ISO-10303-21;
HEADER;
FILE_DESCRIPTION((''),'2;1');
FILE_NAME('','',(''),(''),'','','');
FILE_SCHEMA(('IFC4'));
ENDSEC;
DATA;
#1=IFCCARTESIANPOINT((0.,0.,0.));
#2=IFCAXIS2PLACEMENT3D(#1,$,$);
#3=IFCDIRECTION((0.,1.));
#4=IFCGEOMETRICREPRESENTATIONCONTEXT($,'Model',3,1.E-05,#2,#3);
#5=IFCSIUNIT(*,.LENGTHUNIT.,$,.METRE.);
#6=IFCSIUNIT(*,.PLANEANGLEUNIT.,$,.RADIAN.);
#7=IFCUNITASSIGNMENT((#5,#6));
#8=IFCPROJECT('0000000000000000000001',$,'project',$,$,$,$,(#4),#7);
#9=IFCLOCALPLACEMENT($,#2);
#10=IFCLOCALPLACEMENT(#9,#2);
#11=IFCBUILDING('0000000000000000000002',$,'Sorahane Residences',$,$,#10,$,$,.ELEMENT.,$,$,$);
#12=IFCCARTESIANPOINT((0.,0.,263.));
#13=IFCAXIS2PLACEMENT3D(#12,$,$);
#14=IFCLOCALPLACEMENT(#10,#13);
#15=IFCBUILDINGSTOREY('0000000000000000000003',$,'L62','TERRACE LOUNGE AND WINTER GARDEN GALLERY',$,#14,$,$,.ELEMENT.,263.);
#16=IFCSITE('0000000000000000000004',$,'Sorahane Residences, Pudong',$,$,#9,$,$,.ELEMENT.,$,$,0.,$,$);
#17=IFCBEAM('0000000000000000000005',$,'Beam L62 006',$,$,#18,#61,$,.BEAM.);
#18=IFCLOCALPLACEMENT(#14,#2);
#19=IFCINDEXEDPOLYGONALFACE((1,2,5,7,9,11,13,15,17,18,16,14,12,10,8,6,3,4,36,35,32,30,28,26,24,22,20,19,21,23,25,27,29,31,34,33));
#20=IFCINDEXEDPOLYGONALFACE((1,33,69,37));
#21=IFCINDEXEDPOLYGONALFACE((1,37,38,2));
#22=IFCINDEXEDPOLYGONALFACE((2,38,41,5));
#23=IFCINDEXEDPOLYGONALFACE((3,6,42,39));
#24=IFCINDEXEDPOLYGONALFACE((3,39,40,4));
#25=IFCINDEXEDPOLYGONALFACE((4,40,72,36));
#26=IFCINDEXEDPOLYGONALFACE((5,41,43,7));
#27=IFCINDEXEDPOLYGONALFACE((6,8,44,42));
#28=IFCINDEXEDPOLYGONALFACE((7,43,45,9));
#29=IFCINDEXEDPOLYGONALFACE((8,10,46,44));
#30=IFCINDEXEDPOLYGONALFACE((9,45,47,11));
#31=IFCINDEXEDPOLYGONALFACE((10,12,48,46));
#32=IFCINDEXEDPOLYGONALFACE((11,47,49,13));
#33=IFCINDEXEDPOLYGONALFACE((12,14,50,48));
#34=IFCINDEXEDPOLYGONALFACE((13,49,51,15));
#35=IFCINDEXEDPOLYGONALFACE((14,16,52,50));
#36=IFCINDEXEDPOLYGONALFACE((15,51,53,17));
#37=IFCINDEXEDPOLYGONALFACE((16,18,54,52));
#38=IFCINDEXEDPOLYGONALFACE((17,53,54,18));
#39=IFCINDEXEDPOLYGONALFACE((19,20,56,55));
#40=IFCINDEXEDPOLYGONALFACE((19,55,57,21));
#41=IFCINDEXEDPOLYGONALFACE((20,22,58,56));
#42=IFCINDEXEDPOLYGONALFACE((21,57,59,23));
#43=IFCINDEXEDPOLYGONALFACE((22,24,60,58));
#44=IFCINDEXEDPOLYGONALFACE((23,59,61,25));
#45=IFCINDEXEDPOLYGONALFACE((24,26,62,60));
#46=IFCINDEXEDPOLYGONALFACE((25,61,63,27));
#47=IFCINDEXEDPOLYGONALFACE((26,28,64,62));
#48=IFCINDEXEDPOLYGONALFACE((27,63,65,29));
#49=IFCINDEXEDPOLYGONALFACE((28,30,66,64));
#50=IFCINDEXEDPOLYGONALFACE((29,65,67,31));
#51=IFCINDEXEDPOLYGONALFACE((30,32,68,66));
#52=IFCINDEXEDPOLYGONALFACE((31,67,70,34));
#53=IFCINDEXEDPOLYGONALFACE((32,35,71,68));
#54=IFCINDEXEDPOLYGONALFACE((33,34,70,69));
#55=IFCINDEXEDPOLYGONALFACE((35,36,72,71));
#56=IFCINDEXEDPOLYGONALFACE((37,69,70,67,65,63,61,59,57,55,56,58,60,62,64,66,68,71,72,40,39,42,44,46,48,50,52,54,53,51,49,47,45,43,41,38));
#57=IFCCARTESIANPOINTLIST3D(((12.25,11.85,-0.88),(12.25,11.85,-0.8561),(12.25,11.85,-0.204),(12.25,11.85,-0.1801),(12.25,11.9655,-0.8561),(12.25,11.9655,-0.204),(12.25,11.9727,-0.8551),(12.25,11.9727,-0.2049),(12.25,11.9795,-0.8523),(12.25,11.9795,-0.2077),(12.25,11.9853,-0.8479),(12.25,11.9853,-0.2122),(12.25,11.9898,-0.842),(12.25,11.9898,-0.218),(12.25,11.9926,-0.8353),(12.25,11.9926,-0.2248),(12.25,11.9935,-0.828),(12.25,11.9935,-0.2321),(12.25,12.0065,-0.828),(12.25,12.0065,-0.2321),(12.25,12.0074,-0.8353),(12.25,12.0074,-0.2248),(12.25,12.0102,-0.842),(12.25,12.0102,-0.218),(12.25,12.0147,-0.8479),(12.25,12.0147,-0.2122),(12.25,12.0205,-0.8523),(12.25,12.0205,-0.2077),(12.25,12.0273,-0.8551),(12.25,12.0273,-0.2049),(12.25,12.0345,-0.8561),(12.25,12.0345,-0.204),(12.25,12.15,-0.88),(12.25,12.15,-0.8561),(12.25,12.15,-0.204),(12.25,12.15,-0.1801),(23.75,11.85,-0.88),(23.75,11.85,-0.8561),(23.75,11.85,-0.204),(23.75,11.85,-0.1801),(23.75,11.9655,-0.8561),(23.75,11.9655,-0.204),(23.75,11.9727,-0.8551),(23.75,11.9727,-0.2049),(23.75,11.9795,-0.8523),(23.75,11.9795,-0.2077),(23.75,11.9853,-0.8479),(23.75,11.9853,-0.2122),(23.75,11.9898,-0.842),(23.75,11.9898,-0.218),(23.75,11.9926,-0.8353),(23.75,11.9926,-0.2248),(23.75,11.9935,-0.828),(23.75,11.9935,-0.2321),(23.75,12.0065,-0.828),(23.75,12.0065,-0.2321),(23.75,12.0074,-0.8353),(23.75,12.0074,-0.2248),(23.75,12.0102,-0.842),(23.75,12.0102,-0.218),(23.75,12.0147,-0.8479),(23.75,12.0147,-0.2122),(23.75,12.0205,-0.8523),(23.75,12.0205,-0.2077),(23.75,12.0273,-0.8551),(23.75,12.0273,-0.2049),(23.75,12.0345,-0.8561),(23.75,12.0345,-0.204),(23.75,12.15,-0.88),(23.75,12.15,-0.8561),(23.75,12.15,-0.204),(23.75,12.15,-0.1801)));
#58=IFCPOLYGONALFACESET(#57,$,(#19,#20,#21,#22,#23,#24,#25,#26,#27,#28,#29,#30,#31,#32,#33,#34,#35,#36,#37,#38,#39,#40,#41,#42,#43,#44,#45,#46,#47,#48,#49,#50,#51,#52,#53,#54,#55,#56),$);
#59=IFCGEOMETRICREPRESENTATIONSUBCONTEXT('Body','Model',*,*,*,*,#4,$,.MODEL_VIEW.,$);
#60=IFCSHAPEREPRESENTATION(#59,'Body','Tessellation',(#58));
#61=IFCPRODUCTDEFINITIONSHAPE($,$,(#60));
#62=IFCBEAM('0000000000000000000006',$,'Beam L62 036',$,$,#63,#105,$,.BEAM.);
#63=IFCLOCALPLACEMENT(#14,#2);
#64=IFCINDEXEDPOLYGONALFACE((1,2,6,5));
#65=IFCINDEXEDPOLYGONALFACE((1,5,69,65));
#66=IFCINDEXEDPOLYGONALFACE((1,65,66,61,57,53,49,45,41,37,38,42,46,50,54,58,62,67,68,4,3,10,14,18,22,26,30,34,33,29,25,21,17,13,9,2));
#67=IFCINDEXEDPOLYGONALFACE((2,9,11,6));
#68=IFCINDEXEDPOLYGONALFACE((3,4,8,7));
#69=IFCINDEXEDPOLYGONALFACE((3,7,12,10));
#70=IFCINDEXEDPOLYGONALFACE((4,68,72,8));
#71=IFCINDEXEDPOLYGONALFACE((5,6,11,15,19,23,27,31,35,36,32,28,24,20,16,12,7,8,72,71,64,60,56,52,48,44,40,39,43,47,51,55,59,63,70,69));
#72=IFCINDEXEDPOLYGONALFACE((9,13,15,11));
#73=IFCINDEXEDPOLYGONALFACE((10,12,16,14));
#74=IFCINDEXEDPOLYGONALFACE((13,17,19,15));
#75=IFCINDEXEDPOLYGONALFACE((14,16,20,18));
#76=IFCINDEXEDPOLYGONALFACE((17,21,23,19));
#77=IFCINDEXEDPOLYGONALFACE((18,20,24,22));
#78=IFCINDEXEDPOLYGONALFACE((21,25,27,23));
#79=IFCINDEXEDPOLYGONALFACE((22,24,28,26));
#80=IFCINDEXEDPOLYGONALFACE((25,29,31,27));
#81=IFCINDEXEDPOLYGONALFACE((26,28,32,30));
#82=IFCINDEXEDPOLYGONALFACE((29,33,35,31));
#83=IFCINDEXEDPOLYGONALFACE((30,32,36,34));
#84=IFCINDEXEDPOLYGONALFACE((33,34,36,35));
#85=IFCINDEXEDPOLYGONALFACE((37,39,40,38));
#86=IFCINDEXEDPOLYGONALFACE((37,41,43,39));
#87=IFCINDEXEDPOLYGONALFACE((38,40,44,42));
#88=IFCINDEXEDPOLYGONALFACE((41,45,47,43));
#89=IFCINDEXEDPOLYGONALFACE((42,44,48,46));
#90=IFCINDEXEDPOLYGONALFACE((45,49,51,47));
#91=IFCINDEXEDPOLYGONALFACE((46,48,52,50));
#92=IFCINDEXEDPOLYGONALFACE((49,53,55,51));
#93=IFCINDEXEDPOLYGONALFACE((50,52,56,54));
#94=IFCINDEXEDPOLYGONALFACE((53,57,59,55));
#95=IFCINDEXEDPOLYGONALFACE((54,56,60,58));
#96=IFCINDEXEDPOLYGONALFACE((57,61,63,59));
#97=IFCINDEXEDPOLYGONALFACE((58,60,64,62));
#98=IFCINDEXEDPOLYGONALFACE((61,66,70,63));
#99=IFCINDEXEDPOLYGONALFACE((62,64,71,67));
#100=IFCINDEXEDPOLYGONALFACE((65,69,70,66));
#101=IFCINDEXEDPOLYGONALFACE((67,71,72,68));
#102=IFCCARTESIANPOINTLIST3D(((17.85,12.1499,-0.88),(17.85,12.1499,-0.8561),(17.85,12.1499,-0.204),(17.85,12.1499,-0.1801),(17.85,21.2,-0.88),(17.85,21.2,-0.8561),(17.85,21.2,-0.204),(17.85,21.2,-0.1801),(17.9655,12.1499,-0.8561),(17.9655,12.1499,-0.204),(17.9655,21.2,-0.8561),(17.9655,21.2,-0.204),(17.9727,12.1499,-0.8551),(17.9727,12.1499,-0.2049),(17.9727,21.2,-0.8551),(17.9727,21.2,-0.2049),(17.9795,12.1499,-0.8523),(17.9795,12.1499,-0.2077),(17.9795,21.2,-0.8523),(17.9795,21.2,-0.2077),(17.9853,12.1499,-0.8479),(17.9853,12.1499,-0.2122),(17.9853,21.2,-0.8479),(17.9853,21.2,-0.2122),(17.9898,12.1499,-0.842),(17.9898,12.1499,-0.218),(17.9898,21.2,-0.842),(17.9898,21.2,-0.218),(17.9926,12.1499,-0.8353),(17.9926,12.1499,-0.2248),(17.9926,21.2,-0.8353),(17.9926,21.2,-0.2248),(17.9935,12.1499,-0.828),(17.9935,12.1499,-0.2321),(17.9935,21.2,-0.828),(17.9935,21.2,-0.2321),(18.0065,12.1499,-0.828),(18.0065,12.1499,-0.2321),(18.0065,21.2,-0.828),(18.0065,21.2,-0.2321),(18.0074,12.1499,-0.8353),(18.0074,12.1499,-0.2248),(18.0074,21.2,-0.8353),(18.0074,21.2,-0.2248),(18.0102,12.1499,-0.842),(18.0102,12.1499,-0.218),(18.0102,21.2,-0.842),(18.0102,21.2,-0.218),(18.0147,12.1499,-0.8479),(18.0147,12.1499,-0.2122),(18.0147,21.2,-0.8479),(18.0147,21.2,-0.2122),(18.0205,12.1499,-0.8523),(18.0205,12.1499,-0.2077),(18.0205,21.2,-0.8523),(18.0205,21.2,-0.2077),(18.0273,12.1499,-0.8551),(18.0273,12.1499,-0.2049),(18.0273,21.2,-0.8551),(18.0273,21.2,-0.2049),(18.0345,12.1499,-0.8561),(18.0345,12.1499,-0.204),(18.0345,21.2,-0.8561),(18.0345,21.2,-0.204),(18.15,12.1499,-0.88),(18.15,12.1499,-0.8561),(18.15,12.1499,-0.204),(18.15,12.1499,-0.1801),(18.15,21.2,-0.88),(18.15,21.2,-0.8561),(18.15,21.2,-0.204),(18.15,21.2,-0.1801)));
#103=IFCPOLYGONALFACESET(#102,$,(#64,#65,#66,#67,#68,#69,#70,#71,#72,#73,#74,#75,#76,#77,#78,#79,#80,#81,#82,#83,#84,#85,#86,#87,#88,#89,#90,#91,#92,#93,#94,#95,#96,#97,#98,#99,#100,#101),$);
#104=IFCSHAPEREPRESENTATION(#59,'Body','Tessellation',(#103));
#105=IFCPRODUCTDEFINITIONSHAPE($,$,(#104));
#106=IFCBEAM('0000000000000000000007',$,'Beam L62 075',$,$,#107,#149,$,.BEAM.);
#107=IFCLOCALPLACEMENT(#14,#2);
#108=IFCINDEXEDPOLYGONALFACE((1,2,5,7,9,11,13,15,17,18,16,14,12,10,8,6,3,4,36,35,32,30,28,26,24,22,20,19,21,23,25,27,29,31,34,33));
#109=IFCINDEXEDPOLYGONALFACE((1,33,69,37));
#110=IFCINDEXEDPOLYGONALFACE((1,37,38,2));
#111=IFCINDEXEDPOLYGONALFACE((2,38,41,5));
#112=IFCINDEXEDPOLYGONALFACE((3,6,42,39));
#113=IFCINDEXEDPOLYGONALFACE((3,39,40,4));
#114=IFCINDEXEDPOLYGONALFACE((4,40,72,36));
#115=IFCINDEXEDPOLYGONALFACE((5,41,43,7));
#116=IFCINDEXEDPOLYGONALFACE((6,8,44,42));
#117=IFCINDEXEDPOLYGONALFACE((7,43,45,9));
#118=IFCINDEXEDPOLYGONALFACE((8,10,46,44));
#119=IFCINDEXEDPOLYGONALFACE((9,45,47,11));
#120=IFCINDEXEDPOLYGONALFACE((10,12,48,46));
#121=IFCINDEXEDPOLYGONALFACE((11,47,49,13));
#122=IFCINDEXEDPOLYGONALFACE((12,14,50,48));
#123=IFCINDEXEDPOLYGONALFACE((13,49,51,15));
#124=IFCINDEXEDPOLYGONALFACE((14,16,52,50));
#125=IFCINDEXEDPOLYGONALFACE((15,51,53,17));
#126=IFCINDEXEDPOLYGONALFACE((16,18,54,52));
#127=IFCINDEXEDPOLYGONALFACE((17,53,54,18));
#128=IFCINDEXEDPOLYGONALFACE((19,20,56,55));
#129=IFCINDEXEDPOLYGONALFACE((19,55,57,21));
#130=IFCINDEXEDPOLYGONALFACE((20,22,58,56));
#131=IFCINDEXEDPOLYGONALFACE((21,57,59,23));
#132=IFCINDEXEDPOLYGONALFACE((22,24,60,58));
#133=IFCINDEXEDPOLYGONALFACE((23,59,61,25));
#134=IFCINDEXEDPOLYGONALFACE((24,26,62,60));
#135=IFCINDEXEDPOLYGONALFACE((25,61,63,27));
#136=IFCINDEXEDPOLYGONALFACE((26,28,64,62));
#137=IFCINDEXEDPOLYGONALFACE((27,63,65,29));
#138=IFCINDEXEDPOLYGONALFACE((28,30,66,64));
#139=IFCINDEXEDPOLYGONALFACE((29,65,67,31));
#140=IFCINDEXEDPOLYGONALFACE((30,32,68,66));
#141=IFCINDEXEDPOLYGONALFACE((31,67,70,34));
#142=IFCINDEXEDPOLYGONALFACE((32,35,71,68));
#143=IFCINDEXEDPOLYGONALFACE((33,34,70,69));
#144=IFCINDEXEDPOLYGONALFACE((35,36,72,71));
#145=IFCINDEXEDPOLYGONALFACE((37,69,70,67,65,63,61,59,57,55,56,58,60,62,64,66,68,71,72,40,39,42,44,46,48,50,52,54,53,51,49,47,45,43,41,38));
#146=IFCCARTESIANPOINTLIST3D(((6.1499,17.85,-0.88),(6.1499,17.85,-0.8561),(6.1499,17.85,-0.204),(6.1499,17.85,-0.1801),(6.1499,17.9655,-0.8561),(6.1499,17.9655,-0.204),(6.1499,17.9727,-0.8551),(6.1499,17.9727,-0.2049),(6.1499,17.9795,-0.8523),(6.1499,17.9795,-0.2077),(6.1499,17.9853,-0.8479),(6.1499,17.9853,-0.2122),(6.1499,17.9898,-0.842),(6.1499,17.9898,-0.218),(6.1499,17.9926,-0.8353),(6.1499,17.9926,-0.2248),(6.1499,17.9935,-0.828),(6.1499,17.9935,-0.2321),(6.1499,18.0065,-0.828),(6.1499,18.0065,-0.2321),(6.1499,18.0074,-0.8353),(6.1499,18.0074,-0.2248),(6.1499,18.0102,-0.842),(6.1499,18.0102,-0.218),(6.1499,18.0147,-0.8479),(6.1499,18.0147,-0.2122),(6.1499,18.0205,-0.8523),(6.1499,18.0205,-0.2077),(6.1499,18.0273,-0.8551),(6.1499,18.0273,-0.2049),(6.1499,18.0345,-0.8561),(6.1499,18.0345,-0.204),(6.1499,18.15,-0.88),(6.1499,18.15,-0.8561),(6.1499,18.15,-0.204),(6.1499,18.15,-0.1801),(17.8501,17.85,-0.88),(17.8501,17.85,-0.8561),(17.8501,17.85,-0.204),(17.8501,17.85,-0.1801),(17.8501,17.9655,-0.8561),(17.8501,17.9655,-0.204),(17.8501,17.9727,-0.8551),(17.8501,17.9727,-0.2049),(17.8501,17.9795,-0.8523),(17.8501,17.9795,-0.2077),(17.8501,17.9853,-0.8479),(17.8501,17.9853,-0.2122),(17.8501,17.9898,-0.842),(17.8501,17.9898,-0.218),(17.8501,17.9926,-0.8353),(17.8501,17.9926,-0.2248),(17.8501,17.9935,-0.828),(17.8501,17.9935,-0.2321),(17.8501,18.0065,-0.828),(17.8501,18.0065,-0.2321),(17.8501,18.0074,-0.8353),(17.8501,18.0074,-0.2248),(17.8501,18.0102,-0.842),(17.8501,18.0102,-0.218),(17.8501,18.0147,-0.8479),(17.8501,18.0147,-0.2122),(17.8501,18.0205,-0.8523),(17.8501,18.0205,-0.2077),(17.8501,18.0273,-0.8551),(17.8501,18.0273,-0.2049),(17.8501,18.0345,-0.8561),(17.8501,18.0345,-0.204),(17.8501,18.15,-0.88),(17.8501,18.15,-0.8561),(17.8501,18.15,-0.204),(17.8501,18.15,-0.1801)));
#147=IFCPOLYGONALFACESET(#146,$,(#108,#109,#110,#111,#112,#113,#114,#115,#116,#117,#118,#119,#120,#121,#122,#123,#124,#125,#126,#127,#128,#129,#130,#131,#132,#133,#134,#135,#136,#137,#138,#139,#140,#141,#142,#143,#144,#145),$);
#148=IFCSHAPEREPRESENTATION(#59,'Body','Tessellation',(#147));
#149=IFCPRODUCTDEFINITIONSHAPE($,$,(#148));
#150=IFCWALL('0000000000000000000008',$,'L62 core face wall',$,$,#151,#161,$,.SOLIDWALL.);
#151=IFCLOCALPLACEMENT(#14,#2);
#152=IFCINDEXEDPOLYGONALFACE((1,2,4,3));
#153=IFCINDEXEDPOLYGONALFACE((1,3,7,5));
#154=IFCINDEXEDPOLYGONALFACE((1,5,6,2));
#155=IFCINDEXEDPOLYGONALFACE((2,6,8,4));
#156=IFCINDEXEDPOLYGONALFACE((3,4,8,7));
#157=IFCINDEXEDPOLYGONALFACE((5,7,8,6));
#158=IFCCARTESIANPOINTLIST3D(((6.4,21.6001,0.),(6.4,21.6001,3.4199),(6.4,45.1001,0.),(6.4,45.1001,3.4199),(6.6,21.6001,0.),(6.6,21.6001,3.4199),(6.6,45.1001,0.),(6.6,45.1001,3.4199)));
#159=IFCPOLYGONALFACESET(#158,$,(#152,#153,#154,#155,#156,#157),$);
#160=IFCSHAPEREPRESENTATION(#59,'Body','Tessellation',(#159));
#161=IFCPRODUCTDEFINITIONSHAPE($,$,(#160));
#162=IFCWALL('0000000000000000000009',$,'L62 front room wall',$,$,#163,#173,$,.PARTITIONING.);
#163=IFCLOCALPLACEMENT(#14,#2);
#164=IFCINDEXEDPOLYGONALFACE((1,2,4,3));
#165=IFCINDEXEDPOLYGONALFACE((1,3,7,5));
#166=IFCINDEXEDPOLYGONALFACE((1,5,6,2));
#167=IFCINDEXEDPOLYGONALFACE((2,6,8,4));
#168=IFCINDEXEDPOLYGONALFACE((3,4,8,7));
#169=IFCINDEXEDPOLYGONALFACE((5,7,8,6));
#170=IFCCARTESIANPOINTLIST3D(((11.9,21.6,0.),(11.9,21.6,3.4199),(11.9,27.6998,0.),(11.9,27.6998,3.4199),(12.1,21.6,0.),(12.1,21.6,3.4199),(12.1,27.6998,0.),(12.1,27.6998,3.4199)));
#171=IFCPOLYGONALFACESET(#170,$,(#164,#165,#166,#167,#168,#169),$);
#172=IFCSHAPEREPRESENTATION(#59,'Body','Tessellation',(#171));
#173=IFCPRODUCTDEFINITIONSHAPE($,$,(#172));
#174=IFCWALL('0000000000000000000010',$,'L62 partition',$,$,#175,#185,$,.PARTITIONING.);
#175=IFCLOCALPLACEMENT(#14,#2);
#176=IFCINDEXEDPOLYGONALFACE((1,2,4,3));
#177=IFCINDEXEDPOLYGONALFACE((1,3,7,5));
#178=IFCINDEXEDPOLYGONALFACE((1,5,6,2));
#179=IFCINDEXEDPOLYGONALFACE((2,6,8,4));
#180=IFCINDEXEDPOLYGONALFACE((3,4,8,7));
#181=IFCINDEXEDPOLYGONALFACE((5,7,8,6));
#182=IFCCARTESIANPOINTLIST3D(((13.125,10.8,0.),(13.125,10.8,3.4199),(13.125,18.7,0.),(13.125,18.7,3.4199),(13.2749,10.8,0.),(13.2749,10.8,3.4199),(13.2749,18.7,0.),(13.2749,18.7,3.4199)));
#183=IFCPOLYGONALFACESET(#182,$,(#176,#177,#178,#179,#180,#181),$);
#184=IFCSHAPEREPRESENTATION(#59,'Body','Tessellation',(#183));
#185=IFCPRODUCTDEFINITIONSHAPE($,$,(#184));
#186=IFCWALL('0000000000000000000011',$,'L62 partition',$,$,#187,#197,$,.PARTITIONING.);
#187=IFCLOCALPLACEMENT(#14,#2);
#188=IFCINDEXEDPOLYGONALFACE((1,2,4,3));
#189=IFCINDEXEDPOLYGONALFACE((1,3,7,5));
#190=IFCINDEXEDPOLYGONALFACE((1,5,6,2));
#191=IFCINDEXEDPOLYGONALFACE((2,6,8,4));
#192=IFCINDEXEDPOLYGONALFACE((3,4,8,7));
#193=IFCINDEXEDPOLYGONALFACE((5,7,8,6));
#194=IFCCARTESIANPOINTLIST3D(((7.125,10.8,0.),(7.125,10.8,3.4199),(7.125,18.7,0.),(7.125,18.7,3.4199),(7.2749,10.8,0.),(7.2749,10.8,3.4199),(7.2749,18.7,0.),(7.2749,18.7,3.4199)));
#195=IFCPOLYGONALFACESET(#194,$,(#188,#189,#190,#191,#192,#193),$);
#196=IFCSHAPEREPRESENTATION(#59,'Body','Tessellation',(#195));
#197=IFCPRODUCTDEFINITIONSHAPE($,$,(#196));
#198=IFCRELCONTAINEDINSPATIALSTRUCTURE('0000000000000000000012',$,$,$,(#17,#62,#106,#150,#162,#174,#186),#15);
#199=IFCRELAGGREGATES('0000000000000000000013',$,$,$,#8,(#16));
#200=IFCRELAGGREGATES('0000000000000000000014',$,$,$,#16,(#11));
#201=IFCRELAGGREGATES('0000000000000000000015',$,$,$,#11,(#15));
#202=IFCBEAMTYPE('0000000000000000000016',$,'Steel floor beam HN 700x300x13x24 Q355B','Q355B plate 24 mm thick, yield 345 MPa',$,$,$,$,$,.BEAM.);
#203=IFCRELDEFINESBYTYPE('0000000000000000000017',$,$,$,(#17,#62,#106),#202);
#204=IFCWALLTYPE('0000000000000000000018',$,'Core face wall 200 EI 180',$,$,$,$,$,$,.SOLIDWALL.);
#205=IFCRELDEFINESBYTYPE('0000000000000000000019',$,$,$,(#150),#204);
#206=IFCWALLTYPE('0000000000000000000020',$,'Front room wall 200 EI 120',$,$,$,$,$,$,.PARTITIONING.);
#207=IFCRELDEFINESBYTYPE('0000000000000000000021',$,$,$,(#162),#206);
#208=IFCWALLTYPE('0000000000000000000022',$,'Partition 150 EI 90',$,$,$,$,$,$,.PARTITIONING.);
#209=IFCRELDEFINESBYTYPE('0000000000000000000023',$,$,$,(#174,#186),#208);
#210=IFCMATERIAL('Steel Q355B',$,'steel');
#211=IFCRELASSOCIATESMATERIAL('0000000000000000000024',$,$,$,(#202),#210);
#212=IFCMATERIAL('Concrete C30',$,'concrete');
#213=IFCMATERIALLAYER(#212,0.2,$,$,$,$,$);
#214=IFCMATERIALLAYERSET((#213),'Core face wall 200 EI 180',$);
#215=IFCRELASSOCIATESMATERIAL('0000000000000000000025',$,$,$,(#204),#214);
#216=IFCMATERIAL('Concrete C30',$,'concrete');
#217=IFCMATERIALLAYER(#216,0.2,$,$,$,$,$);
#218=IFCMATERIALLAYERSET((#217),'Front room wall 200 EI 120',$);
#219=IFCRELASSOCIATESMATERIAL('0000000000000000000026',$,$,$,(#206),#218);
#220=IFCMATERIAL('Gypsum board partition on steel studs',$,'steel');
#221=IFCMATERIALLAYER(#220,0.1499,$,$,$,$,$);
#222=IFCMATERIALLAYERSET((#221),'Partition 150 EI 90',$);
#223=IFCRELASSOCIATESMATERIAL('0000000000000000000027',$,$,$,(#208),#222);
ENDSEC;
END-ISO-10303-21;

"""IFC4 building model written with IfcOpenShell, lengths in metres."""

from ifc_helpers import new_model, si_unit, direction, frame, frame_2d, origin, origin_2d, place, context, subcontext, project, spatial, rectangle, i_section, extrude, material, layer, layer_set, material_profile, profile_set, type_object, element, save


model = new_model("IFC4")

# Units and contexts
model_context = context("Model", 3, precision=1e-05, world=origin(), true_north=direction((0.0, 1.0)))
body_context = subcontext(model_context, "Body", "Model", "MODEL_VIEW")
ifc_project = project(units=[si_unit("LENGTHUNIT", "METRE"), si_unit("PLANEANGLEUNIT", "RADIAN")], contexts=[model_context])

# Site, building, storey
site_placement = place(None, origin())
site = spatial("IfcSite", under=ifc_project, at=site_placement, Name="Sorahane Residences, Pudong", CompositionType="ELEMENT", RefElevation=0.0)
building_placement = place(site_placement, origin())
building = spatial("IfcBuilding", under=site, at=building_placement, Name="Sorahane Residences", CompositionType="ELEMENT")
storey_placement = place(building_placement, frame((0.0, 0.0, 263.0)))
storey = spatial("IfcBuildingStorey", under=building, at=storey_placement, Name="L62", Description="TERRACE LOUNGE AND WINTER GARDEN GALLERY", CompositionType="ELEMENT", Elevation=263.0)

# Beams
ifc_material_1 = material(Name="Steel Q355B", Category="steel")
ifc_material_profile_1 = material_profile(ifc_material_1, i_section(OverallWidth=0.3, OverallDepth=0.7, WebThickness=0.0129, FlangeThickness=0.0239, FilletRadius=0.0281, at=origin_2d()), Name="HN 700x300x13x24")
ifc_profile_set_1 = profile_set([ifc_material_profile_1], Name="Steel Q355B")
beam_type_1 = type_object("IfcBeamType", Name="Steel floor beam HN 700x300x13x24 Q355B", Description="Q355B plate 24 mm thick, yield 345 MPa", PredefinedType="BEAM", material=ifc_profile_set_1)
beam_1_placement = place(storey_placement, frame((12.25, 12.0, -0.53), z_axis=(1.0, 0.0, 0.0), x_axis=(0.0, 1.0, 0.0)))
element("IfcBeam", 1, at=beam_1_placement, inside=storey, type_object=beam_type_1, Name="Beam L62 006", PredefinedType="BEAM", context=body_context, shape_type="SweptSolid", body=[
    extrude(i_section(OverallWidth=0.3, OverallDepth=0.7, WebThickness=0.0129, FlangeThickness=0.0239, FilletRadius=0.0281, at=origin_2d()), origin(), (0.0, 0.0, 1.0), 11.5),
])
beam_2_placement = place(storey_placement, frame((18.0, 12.1499, -0.53), z_axis=(0.0, 1.0, 0.0), x_axis=(-1.0, 0.0, 0.0)))
element("IfcBeam", 2, at=beam_2_placement, inside=storey, type_object=beam_type_1, Name="Beam L62 036", PredefinedType="BEAM", context=body_context, shape_type="SweptSolid", body=[
    extrude(i_section(OverallWidth=0.3, OverallDepth=0.7, WebThickness=0.0129, FlangeThickness=0.0239, FilletRadius=0.0281, at=origin_2d()), origin(), (0.0, 0.0, 1.0), 9.05),
])
beam_3_placement = place(storey_placement, frame((6.1499, 18.0, -0.53), z_axis=(1.0, 0.0, 0.0), x_axis=(0.0, 1.0, 0.0)))
element("IfcBeam", 3, at=beam_3_placement, inside=storey, type_object=beam_type_1, Name="Beam L62 075", PredefinedType="BEAM", context=body_context, shape_type="SweptSolid", body=[
    extrude(i_section(OverallWidth=0.3, OverallDepth=0.7, WebThickness=0.0129, FlangeThickness=0.0239, FilletRadius=0.0281, at=origin_2d()), origin(), (0.0, 0.0, 1.0), 11.7002),
])

# Walls
ifc_material_2 = material(Name="Concrete C30", Category="concrete")
ifc_layer_1 = layer(ifc_material_2, 0.2)
ifc_layer_set_1 = layer_set([ifc_layer_1], Name="Core face wall 200 EI 180")
wall_type_1 = type_object("IfcWallType", Name="Core face wall 200 EI 180", PredefinedType="SOLIDWALL", material=ifc_layer_set_1)
wall_1_placement = place(storey_placement, frame((6.5, 21.6001, 0.0), z_axis=(0.0, 0.0, 1.0), x_axis=(0.0, 1.0, 0.0)))
element("IfcWall", 4, at=wall_1_placement, inside=storey, type_object=wall_type_1, Name="L62 core face wall", PredefinedType="SOLIDWALL", context=body_context, shape_type="SweptSolid", body=[
    extrude(rectangle(XDim=23.5, YDim=0.2, at=frame_2d((11.75, 0.0))), origin(), (0.0, 0.0, 1.0), 3.4199),
])
ifc_material_3 = material(Name="Concrete C30", Category="concrete")
ifc_layer_2 = layer(ifc_material_3, 0.2)
ifc_layer_set_2 = layer_set([ifc_layer_2], Name="Front room wall 200 EI 120")
wall_type_2 = type_object("IfcWallType", Name="Front room wall 200 EI 120", PredefinedType="PARTITIONING", material=ifc_layer_set_2)
wall_2_placement = place(storey_placement, frame((12.0, 21.6001, 0.0), z_axis=(0.0, 0.0, 1.0), x_axis=(0.0, 1.0, 0.0)))
element("IfcWall", 5, at=wall_2_placement, inside=storey, type_object=wall_type_2, Name="L62 front room wall", PredefinedType="PARTITIONING", context=body_context, shape_type="SweptSolid", body=[
    extrude(rectangle(XDim=6.0999, YDim=0.2, at=frame_2d((3.0498, 0.0))), origin(), (0.0, 0.0, 1.0), 3.4199),
])
ifc_material_4 = material(Name="Gypsum board partition on steel studs", Category="steel")
ifc_layer_3 = layer(ifc_material_4, 0.1499)
ifc_layer_set_3 = layer_set([ifc_layer_3], Name="Partition 150 EI 90")
wall_type_3 = type_object("IfcWallType", Name="Partition 150 EI 90", PredefinedType="PARTITIONING", material=ifc_layer_set_3)
for number, where, z_axis, x_axis, name in (
    (6, (13.2, 10.8, 0.0), (0.0, 0.0, 1.0), (0.0, 1.0, 0.0), "L62 partition"),
    (7, (7.2, 10.8, 0.0), (0.0, 0.0, 1.0), (0.0, 1.0, 0.0), "L62 partition"),
):
    element("IfcWall", number, at=place(storey_placement, frame(where, z_axis=z_axis, x_axis=x_axis)), inside=storey, type_object=wall_type_3, Name=name, PredefinedType="PARTITIONING", context=body_context, shape_type="SweptSolid", body=[
        extrude(rectangle(XDim=7.8999, YDim=0.1499, at=frame_2d((3.95, 0.0))), origin(), (0.0, 0.0, 1.0), 3.4199),
    ])

save(model, "model.ifc")
